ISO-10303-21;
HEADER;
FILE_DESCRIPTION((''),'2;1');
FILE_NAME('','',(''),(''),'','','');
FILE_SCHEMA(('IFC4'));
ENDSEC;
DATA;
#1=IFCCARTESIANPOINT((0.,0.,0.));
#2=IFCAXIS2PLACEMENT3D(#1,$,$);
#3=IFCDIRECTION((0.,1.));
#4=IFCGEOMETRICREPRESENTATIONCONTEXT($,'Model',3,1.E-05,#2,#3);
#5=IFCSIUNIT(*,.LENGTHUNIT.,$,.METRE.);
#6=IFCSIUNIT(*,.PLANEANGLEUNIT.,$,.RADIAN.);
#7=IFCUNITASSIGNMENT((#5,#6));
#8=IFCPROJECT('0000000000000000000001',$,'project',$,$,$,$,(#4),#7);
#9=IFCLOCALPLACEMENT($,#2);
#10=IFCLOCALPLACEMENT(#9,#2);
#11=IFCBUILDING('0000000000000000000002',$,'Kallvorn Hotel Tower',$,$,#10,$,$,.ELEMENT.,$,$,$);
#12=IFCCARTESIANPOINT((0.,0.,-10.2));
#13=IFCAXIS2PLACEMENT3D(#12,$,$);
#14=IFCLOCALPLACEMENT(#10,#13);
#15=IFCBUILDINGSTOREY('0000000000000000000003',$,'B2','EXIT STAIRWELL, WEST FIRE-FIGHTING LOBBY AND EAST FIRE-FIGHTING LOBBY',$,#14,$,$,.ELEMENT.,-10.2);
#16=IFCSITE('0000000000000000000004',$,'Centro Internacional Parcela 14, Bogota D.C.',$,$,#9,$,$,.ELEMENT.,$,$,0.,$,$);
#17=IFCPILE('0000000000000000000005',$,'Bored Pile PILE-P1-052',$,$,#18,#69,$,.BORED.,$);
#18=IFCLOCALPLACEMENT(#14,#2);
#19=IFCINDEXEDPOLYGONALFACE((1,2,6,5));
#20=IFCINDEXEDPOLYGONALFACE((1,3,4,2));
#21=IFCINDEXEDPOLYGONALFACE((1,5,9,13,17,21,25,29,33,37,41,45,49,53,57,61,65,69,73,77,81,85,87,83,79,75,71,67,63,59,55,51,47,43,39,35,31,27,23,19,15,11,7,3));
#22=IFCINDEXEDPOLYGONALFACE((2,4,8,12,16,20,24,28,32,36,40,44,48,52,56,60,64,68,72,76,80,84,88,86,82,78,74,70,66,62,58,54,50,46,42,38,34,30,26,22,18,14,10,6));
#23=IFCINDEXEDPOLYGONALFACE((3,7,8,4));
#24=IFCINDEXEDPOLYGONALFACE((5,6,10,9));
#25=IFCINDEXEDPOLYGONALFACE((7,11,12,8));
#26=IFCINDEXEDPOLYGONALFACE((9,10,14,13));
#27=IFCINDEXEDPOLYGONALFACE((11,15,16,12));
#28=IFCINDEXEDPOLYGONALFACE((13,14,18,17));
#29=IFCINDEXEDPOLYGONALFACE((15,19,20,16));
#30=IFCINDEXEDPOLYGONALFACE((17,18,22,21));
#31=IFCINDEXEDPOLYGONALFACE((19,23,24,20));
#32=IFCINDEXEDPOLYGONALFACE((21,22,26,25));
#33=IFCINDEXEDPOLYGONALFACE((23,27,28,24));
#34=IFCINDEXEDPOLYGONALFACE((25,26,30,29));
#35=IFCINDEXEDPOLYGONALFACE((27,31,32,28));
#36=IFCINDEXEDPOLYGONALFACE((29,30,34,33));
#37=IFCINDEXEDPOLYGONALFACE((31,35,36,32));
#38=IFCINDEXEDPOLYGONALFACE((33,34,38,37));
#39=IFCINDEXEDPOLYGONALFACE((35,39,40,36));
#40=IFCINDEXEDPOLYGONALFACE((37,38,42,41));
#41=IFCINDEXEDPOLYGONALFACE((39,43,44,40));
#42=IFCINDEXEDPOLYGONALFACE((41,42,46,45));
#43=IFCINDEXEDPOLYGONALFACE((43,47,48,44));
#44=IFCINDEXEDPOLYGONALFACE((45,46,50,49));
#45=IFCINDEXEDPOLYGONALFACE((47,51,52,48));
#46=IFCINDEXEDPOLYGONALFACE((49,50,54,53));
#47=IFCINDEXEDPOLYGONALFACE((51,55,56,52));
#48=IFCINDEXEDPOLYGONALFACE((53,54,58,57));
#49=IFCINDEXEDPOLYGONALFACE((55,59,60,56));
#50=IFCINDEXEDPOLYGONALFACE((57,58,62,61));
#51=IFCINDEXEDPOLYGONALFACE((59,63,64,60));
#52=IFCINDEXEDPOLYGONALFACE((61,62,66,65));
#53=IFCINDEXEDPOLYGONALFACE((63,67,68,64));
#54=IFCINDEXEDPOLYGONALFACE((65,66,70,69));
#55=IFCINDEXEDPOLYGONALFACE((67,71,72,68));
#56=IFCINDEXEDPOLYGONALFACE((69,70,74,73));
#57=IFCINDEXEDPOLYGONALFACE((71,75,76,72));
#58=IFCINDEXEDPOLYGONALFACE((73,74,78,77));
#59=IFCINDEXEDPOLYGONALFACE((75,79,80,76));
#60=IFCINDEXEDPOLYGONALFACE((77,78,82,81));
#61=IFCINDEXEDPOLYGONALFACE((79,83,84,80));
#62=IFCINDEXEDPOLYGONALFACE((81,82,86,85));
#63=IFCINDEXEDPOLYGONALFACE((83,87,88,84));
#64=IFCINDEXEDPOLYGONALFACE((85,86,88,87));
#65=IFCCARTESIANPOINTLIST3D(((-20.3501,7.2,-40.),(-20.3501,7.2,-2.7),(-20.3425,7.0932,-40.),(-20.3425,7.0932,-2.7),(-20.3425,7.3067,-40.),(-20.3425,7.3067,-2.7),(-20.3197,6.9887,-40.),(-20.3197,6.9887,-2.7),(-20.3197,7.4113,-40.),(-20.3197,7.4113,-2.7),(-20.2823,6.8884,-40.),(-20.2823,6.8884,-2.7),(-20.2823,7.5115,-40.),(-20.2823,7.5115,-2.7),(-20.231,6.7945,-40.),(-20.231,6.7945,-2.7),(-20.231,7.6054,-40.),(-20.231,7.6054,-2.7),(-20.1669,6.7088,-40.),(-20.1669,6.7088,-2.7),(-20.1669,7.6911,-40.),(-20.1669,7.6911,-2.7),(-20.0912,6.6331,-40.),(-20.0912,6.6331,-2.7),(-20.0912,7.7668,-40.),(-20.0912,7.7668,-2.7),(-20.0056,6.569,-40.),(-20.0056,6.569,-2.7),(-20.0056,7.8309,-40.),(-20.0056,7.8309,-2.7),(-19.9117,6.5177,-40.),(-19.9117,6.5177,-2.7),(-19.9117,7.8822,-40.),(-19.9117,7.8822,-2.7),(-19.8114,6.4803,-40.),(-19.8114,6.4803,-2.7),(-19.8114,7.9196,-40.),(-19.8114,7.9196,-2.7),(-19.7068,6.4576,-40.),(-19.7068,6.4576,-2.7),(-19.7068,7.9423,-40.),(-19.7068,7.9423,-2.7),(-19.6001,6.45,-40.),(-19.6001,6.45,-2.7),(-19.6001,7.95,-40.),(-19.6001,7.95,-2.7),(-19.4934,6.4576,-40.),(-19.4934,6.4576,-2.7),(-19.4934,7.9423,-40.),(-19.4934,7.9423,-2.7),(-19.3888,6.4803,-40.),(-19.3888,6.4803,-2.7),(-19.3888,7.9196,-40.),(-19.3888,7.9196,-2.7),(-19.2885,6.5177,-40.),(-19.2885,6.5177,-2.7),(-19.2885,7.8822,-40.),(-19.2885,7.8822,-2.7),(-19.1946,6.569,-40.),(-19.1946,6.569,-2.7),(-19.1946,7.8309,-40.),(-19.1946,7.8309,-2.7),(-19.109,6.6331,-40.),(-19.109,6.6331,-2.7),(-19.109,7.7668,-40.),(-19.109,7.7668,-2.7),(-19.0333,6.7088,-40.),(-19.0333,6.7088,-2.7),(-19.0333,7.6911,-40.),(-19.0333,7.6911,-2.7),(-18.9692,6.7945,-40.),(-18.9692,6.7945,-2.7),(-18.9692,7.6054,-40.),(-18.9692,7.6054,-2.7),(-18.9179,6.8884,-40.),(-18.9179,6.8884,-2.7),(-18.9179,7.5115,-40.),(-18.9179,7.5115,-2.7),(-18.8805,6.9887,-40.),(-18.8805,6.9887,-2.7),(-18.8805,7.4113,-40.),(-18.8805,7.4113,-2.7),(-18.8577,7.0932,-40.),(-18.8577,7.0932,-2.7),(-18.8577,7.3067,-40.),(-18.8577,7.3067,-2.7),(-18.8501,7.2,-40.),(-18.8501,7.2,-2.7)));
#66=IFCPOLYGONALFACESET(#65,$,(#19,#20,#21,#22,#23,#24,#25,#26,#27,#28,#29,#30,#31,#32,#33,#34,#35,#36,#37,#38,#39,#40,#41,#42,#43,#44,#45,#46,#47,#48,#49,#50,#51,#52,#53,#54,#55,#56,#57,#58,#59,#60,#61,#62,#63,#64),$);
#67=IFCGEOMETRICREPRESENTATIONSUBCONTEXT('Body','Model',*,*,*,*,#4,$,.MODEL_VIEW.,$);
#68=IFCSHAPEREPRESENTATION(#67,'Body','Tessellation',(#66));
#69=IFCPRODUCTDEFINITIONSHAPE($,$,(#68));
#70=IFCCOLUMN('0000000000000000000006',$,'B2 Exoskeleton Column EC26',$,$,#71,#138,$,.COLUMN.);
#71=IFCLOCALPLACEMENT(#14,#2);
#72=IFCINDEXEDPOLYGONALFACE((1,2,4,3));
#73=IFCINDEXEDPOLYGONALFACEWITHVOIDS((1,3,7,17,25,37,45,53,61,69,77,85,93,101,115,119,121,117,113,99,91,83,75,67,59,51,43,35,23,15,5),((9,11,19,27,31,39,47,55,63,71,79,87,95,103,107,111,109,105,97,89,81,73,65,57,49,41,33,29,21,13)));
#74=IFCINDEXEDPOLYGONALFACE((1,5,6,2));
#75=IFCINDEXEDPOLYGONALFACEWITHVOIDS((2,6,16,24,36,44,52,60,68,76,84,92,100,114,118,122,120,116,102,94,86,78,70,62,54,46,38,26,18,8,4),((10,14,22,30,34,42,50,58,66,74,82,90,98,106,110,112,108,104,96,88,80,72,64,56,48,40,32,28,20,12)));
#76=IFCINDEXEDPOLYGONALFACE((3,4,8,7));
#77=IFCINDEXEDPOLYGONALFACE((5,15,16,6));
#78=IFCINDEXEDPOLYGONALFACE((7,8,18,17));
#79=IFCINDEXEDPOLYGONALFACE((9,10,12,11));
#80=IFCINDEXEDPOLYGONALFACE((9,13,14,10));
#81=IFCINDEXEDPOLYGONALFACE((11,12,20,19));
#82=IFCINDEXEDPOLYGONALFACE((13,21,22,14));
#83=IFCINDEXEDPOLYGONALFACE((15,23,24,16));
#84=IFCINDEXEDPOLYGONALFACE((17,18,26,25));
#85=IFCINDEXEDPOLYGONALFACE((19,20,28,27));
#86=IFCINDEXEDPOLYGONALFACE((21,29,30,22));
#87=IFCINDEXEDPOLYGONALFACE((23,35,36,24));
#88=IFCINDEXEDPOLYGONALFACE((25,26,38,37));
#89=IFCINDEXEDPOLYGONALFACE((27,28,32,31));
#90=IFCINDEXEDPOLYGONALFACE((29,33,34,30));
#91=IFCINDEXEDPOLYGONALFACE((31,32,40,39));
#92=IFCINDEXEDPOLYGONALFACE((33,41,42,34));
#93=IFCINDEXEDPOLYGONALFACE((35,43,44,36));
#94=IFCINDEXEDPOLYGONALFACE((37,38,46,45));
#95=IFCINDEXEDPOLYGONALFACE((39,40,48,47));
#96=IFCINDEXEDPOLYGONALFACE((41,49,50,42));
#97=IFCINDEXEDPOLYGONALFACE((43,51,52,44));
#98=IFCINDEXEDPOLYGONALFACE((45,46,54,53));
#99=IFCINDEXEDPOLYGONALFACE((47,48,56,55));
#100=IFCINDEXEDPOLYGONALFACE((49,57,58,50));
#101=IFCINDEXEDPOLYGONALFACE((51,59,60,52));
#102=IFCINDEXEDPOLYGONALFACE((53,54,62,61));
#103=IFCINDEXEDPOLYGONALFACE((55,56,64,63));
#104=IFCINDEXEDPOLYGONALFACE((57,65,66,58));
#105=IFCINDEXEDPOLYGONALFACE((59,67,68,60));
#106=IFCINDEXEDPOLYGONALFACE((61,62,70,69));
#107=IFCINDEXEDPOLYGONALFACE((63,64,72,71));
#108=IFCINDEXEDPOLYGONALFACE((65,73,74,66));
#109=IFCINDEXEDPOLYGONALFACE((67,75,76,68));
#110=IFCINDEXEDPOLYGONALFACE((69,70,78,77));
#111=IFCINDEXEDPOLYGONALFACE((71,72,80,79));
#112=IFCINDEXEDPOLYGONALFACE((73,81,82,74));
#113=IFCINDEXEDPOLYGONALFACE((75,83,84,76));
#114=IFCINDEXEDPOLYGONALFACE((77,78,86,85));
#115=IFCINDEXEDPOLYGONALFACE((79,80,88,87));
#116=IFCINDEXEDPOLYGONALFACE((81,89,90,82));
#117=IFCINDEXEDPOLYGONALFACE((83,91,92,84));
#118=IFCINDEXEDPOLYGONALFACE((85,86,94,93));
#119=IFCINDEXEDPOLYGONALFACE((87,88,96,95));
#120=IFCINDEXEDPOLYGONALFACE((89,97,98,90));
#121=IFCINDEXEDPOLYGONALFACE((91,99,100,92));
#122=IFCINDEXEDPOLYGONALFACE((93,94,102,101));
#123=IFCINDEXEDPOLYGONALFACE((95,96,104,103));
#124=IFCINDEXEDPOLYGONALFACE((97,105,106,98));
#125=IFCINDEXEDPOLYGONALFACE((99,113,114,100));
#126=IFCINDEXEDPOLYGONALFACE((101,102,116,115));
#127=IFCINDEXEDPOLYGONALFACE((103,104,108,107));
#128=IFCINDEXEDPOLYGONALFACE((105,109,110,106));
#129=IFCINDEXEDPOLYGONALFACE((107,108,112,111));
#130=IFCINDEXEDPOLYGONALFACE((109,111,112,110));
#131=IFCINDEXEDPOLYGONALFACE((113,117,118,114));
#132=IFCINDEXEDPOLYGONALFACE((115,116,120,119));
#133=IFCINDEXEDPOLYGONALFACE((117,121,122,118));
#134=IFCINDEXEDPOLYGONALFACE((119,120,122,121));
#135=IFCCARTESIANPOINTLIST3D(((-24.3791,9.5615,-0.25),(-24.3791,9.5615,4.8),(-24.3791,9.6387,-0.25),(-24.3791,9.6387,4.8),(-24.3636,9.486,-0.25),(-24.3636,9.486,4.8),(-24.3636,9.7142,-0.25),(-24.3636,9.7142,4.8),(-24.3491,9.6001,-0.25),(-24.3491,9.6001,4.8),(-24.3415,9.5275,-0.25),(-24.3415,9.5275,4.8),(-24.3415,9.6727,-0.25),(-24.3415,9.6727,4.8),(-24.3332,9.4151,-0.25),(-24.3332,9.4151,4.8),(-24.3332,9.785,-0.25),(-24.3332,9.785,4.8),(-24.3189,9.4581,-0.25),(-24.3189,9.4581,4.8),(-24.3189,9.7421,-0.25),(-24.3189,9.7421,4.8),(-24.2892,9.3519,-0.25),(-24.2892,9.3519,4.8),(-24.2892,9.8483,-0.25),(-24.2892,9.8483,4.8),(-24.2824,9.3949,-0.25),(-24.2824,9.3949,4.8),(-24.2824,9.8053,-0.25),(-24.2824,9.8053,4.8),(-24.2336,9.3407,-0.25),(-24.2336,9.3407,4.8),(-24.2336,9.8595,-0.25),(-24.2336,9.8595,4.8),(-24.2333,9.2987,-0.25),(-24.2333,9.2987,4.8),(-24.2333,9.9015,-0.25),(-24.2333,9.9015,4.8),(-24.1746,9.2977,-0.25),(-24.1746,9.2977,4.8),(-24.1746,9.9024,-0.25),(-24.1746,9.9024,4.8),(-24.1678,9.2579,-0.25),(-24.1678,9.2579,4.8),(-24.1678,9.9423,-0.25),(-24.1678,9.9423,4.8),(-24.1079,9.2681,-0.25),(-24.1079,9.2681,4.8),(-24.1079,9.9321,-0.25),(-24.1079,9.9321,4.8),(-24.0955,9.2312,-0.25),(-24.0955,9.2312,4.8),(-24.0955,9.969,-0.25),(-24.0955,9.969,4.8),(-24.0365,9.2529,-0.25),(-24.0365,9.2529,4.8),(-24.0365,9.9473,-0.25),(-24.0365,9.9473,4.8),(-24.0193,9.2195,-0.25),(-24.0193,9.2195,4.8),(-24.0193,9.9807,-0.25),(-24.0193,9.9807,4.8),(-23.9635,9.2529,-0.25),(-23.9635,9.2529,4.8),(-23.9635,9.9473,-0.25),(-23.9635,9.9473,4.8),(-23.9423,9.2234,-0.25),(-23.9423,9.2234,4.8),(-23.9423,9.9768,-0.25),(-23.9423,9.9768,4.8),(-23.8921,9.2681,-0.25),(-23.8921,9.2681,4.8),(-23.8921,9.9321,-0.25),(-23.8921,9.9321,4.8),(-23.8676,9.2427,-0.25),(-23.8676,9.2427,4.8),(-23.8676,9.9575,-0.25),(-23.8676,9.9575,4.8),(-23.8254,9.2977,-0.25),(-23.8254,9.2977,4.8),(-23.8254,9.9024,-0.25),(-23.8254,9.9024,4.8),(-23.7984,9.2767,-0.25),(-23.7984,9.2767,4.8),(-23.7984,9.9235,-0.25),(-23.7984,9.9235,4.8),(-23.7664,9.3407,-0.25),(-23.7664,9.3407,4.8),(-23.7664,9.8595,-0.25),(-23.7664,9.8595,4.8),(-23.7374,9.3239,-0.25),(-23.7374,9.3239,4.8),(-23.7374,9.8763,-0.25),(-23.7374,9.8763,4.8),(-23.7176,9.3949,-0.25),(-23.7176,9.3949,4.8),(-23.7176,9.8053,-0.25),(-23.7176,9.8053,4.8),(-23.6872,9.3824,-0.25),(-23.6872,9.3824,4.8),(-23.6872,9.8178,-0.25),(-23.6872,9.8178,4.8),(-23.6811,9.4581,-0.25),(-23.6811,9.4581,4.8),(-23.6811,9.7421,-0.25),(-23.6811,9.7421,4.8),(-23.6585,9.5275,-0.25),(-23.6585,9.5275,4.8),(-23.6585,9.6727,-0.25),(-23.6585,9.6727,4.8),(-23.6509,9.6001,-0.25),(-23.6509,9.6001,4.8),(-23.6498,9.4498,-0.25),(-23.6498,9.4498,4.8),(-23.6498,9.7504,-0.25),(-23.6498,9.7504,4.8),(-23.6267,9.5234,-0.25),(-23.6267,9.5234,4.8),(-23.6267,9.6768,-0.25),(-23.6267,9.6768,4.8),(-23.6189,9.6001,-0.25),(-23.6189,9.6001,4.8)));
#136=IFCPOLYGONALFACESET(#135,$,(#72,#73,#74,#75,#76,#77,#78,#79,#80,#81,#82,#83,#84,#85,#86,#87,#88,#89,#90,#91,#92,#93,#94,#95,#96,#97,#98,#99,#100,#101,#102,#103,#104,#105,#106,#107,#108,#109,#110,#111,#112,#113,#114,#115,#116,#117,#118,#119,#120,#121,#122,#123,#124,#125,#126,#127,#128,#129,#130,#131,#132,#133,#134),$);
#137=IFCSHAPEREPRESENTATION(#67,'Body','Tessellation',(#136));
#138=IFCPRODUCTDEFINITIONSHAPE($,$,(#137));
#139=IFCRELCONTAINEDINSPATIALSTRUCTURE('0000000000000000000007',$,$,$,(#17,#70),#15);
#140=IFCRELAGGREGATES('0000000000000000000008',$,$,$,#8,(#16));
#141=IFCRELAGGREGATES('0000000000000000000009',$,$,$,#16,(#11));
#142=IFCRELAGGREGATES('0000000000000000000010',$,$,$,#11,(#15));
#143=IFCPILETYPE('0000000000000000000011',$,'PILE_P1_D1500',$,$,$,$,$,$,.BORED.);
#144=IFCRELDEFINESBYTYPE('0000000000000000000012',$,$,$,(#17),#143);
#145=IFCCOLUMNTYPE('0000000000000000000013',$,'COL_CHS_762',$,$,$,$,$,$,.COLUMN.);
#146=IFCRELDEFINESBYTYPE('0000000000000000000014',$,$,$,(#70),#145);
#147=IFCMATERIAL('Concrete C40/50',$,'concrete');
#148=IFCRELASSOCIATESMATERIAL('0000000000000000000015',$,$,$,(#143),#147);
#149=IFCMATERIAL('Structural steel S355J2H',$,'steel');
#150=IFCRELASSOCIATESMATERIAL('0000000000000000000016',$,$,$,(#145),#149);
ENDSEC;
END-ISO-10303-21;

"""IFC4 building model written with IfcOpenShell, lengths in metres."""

from ifc_helpers import new_model, si_unit, direction, frame, origin, origin_2d, place, context, subcontext, project, spatial, circle, hollow_circle, extrude, material, material_profile, profile_set, type_object, element, save


model = new_model("IFC4")

# Units and contexts
model_context = context("Model", 3, precision=1e-05, world=origin(), true_north=direction((0.0, 1.0)))
body_context = subcontext(model_context, "Body", "Model", "MODEL_VIEW")
ifc_project = project(units=[si_unit("LENGTHUNIT", "METRE"), si_unit("PLANEANGLEUNIT", "RADIAN")], contexts=[model_context])

# Site, building, storey
site_placement = place(None, origin())
site = spatial("IfcSite", under=ifc_project, at=site_placement, Name="Centro Internacional Parcela 14, Bogota D.C.", CompositionType="ELEMENT", RefElevation=0.0)
building_placement = place(site_placement, origin())
building = spatial("IfcBuilding", under=site, at=building_placement, Name="Kallvorn Hotel Tower", CompositionType="ELEMENT")
storey_placement = place(building_placement, frame((0.0, 0.0, -10.2)))
storey = spatial("IfcBuildingStorey", under=building, at=storey_placement, Name="B2", Description="EXIT STAIRWELL, WEST FIRE-FIGHTING LOBBY AND EAST FIRE-FIGHTING LOBBY", CompositionType="ELEMENT", Elevation=-10.2)

# Pile
ifc_material_1 = material(Name="Concrete C40/50", Category="concrete")
ifc_material_profile_1 = material_profile(ifc_material_1, circle(Radius=0.75, at=origin_2d()), Name="PILE D1500")
ifc_profile_set_1 = profile_set([ifc_material_profile_1], Name="Concrete C40/50")
pile_type = type_object("IfcPileType", Name="PILE_P1_D1500", PredefinedType="BORED", material=ifc_profile_set_1)
for number, where, z_axis, x_axis, name in (
    (1, (-19.6001, 7.2, -2.7), (0.0, 0.0, -1.0), (1.0, 0.0, 0.0), "Bored Pile PILE-P1-052"),
):
    element("IfcPile", number, at=place(storey_placement, frame(where, z_axis=z_axis, x_axis=x_axis)), inside=storey, type_object=pile_type, Name=name, PredefinedType="BORED", context=body_context, shape_type="SweptSolid", body=[
        extrude(circle(Radius=0.75, at=origin_2d()), origin(), (0.0, 0.0, 1.0), 37.3),
    ])

# Column
ifc_material_2 = material(Name="Structural steel S355J2H", Category="steel")
ifc_material_profile_2 = material_profile(ifc_material_2, hollow_circle(Radius=0.3811, WallThickness=0.032, at=origin_2d()), Name="CHS 762x32")
ifc_profile_set_2 = profile_set([ifc_material_profile_2], Name="Structural steel S355J2H")
column_type_1 = type_object("IfcColumnType", Name="COL_CHS_762", PredefinedType="COLUMN", material=ifc_profile_set_2)
for number, where, z_axis, x_axis, name in (
    (2, (-24.0, 9.6001, -0.25), (0.0, 0.0, 1.0), (1.0, 0.0, 0.0), "B2 Exoskeleton Column EC26"),
):
    element("IfcColumn", number, at=place(storey_placement, frame(where, z_axis=z_axis, x_axis=x_axis)), inside=storey, type_object=column_type_1, Name=name, PredefinedType="COLUMN", context=body_context, shape_type="SweptSolid", body=[
        extrude(hollow_circle(Radius=0.3811, WallThickness=0.032, at=origin_2d()), origin(), (0.0, 0.0, 1.0), 5.05),
    ])

save(model, "model.ifc")
